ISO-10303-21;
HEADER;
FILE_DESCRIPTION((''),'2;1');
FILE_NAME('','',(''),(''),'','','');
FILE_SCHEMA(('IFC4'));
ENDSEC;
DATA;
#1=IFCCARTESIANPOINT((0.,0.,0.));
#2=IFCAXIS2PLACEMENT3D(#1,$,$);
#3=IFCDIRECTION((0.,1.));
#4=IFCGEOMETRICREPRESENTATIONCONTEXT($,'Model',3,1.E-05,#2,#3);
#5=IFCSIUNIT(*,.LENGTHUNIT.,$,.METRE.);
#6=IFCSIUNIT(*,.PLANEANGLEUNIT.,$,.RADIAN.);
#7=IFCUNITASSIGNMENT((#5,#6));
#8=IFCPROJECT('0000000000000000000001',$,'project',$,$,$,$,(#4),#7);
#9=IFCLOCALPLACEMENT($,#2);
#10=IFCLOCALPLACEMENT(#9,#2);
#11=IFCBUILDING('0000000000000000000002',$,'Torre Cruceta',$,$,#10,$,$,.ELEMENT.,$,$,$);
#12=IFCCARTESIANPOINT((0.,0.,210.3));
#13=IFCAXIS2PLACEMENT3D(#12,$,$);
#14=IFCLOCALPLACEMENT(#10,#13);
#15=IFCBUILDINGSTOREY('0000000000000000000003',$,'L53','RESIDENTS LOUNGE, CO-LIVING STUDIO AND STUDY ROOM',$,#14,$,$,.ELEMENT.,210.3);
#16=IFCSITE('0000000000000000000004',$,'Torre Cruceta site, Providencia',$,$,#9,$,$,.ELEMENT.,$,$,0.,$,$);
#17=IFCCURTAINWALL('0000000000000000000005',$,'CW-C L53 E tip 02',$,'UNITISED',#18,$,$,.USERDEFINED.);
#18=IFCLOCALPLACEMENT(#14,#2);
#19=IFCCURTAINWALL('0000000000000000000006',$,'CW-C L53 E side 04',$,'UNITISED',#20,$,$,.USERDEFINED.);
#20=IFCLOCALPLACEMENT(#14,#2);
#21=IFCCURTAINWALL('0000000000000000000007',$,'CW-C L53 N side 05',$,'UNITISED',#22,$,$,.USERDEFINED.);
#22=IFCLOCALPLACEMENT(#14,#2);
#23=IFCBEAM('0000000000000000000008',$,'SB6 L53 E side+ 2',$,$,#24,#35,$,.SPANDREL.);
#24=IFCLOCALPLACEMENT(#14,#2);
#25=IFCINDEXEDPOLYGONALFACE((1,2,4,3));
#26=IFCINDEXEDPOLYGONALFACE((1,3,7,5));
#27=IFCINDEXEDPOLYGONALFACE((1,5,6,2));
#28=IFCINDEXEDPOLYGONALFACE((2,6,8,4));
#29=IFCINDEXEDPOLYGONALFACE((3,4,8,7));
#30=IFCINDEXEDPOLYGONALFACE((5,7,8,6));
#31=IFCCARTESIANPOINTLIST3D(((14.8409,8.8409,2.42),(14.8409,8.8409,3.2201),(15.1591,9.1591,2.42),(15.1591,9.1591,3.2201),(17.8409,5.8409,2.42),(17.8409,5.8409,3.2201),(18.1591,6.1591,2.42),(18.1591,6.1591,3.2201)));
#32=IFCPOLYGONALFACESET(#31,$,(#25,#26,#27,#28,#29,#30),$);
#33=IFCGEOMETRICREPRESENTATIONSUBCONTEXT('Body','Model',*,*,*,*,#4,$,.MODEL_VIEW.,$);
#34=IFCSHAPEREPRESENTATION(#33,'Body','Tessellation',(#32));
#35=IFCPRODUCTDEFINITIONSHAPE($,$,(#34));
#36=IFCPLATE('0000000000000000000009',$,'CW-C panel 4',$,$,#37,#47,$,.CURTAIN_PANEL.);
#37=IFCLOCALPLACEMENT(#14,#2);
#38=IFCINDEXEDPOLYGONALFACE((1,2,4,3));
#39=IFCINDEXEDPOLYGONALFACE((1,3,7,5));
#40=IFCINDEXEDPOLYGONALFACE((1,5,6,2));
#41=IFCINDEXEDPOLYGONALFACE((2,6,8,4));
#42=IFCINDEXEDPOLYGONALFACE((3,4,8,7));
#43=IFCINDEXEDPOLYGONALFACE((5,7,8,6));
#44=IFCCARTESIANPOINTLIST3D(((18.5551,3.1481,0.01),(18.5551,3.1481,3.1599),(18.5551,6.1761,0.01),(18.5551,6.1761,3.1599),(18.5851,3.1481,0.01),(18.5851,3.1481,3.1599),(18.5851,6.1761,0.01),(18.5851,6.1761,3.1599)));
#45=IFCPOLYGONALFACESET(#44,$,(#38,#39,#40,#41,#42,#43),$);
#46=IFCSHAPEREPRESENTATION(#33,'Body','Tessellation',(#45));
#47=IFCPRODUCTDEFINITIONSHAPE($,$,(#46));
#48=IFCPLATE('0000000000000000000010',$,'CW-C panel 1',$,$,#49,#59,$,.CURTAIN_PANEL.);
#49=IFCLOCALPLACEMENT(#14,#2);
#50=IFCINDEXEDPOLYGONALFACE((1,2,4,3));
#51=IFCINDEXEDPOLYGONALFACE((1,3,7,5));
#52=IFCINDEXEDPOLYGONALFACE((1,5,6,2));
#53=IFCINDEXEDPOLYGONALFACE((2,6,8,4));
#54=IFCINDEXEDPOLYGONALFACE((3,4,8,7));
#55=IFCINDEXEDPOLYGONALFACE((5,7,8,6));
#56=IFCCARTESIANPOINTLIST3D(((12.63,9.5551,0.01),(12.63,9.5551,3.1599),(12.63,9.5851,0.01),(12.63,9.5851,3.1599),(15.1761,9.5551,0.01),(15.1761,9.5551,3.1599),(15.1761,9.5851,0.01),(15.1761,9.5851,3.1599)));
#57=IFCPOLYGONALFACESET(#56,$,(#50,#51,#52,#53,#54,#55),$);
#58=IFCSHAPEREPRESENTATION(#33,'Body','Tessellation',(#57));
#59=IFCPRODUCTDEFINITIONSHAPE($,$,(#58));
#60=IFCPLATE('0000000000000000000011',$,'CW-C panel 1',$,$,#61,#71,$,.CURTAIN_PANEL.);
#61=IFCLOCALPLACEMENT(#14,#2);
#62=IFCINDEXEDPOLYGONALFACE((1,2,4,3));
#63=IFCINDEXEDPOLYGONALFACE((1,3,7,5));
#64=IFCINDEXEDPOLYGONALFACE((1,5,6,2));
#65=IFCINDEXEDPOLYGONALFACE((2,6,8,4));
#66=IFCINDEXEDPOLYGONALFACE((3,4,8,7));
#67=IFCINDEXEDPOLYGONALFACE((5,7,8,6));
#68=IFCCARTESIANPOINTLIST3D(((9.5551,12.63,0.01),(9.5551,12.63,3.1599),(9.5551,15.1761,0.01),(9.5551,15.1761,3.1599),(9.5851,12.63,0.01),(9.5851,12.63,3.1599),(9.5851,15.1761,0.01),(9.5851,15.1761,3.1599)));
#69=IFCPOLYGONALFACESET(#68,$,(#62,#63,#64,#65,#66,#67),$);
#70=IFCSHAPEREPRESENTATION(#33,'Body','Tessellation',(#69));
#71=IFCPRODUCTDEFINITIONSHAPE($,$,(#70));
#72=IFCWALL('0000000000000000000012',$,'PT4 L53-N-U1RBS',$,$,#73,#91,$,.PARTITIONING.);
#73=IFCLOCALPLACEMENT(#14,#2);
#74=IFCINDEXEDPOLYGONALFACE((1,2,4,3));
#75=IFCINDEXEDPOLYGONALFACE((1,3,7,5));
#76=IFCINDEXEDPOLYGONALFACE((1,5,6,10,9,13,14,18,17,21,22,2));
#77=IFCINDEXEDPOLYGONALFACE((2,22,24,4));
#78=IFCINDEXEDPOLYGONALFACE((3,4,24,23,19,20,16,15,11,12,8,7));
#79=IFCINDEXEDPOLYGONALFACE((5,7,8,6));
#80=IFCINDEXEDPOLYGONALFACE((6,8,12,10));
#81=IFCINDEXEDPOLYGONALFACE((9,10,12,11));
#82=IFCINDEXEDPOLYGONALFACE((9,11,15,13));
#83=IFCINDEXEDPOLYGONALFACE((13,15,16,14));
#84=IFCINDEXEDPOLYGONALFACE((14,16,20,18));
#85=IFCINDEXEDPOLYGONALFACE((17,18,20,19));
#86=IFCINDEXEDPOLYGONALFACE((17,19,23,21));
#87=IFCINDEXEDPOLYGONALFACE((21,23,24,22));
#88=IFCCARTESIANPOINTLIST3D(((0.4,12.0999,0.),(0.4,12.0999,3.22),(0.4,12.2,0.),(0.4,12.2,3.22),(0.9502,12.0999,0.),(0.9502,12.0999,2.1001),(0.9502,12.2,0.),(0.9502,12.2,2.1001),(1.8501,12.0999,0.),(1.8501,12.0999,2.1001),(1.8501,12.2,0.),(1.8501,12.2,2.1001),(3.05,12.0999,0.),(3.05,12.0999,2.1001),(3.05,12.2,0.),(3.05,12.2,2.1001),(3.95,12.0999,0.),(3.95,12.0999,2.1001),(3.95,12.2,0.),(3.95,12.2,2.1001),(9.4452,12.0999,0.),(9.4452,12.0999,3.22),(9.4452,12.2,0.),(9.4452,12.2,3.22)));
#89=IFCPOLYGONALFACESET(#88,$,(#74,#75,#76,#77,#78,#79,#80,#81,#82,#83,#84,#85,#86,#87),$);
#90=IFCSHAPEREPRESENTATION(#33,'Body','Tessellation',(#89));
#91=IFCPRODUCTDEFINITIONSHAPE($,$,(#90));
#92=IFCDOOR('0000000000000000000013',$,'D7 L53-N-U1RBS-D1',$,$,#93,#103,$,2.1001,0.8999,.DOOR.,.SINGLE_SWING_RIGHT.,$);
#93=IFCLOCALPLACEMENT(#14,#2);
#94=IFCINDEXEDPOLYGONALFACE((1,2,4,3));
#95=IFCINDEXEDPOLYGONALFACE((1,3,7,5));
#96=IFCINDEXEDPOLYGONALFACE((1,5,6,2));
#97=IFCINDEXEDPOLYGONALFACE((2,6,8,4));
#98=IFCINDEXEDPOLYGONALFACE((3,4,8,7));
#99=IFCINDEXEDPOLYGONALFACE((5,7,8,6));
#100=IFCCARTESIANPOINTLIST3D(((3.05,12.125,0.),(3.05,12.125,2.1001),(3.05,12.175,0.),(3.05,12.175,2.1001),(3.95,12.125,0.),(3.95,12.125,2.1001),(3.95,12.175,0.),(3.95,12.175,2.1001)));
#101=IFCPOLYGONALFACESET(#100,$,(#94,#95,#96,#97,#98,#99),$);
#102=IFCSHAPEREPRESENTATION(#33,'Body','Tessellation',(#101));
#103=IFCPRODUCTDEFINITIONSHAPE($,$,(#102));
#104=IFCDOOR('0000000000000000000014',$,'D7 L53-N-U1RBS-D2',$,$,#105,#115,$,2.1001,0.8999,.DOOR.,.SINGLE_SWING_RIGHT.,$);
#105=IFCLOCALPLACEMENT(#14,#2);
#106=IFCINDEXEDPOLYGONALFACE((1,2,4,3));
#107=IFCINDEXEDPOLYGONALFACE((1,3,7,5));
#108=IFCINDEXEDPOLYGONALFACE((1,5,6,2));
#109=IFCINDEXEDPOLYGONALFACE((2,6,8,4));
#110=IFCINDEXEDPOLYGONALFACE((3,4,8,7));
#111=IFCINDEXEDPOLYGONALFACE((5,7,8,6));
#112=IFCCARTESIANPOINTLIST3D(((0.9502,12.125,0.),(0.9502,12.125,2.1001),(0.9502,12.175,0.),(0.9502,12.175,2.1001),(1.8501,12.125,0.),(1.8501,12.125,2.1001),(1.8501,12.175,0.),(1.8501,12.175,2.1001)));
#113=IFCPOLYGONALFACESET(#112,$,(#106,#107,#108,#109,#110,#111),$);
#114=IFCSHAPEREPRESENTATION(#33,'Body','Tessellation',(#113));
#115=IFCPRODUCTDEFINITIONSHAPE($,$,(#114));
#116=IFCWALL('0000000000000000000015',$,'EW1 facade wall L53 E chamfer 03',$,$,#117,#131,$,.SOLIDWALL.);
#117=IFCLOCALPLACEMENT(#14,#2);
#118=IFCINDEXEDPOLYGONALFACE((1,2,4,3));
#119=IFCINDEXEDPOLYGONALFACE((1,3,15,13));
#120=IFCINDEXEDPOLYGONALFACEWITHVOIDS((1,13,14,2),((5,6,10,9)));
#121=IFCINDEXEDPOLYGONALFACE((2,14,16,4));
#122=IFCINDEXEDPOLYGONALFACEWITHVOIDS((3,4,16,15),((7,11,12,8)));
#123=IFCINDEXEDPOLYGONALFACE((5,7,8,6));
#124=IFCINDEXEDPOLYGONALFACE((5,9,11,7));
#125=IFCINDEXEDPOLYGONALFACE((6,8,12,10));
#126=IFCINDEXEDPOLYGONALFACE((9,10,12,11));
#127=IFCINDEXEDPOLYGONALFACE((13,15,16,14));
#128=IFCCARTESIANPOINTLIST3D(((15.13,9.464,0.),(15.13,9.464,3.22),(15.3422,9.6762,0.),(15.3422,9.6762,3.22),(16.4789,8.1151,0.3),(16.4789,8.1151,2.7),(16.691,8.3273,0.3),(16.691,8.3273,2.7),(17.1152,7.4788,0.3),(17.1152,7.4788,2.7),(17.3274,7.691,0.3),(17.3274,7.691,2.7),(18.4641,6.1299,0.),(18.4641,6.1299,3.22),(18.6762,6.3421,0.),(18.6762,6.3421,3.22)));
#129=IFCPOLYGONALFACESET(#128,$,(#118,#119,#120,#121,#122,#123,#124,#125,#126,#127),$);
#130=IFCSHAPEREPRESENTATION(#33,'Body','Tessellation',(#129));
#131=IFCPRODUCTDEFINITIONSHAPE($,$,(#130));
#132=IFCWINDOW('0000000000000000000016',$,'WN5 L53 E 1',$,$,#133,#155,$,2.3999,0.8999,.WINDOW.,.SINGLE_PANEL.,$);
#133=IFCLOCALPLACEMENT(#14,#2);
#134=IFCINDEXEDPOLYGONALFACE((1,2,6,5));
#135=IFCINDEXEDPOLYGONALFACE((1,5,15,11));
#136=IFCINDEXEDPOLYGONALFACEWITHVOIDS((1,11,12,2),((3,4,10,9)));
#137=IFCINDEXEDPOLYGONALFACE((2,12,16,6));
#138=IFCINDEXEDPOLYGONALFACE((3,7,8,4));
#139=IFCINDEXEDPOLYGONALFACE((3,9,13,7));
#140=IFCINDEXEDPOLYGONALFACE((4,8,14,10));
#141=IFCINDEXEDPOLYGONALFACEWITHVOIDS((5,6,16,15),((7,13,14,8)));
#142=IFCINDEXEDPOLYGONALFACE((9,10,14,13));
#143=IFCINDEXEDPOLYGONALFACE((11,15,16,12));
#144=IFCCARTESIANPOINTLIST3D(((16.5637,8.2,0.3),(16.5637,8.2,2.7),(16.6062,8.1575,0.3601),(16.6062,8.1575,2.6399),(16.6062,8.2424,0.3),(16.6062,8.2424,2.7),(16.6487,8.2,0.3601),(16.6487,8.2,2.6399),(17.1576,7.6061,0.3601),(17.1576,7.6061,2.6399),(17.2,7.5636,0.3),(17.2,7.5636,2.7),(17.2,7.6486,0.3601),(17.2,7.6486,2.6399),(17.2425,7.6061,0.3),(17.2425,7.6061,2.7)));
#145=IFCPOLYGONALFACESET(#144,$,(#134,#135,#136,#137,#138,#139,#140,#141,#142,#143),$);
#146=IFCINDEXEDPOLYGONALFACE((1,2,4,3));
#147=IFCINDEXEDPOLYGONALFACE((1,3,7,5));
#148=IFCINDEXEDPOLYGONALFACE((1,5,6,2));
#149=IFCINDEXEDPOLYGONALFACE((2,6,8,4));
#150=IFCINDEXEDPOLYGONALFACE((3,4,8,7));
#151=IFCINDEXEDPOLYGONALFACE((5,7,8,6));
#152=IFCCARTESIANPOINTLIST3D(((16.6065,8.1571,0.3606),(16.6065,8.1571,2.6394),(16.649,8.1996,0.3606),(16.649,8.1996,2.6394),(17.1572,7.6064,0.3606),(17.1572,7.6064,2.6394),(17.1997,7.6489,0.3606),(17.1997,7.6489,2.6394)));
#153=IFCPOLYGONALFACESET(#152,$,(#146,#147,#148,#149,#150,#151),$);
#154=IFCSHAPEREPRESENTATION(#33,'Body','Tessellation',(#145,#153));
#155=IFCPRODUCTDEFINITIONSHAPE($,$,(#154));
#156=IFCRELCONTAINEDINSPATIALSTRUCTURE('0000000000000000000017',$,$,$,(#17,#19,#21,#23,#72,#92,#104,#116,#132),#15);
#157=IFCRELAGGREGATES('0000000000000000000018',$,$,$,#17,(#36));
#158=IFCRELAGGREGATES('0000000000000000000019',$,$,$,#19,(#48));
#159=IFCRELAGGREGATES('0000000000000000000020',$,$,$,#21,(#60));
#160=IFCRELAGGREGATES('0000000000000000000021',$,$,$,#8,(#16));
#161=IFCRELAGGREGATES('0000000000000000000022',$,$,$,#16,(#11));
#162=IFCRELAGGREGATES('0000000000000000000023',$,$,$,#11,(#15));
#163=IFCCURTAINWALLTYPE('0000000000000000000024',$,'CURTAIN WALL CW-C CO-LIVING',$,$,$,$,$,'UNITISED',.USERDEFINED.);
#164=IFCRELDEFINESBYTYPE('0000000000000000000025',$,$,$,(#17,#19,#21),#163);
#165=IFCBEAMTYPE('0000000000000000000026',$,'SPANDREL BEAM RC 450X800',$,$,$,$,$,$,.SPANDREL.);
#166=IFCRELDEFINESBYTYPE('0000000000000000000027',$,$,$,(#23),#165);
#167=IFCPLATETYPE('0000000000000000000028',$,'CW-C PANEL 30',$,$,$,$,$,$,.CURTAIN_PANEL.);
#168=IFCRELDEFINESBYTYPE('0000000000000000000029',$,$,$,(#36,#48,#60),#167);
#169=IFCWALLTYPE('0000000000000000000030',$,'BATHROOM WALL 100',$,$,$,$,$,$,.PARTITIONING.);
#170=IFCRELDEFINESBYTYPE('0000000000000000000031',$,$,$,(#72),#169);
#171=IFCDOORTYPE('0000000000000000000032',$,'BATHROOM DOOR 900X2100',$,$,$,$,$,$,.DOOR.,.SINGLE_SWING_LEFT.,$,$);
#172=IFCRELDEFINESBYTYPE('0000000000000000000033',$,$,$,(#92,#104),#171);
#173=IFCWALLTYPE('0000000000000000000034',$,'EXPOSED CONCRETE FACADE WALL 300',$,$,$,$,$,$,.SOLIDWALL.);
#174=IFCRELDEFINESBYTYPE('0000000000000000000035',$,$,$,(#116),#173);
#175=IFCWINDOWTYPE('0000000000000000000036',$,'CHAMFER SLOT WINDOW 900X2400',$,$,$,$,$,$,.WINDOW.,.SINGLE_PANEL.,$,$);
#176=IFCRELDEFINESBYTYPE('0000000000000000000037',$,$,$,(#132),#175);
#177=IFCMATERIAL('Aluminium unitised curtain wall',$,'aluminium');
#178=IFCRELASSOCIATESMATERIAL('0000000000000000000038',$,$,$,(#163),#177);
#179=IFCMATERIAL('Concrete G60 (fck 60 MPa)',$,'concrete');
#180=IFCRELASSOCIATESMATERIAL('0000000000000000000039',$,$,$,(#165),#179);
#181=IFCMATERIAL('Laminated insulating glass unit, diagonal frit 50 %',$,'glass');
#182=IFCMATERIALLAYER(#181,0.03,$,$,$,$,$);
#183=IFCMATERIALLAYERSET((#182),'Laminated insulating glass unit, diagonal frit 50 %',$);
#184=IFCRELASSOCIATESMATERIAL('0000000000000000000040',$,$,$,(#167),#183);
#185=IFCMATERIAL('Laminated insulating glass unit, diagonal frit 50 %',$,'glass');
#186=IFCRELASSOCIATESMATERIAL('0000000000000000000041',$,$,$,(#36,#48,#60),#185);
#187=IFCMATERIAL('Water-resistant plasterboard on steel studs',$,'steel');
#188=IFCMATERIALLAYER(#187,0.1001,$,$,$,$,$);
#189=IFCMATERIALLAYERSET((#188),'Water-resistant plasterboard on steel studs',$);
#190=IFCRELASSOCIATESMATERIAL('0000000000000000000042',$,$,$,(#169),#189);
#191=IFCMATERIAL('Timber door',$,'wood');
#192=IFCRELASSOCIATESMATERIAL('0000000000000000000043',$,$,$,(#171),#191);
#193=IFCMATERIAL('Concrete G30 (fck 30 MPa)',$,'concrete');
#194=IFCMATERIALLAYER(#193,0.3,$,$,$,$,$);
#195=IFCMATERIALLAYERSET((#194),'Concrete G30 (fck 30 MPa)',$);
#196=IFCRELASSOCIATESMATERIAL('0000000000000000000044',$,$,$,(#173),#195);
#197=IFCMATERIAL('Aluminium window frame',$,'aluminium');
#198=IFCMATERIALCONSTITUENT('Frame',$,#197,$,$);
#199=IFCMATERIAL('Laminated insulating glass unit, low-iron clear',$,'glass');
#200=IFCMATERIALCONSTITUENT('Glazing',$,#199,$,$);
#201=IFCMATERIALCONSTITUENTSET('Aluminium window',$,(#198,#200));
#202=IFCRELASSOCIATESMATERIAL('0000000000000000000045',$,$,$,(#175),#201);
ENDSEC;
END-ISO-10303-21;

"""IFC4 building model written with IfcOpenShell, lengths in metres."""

from ifc_helpers import new_model, si_unit, direction, frame, frame_2d, origin, origin_2d, place, context, subcontext, project, spatial, rectangle, hollow_rectangle, extrude, material, layer, layer_set, constituent, constituent_set, material_profile, profile_set, type_object, element, fill, aggregate, save


model = new_model("IFC4")

# Units and contexts
model_context = context("Model", 3, precision=1e-05, world=origin(), true_north=direction((0.0, 1.0)))
body_context = subcontext(model_context, "Body", "Model", "MODEL_VIEW")
ifc_project = project(units=[si_unit("LENGTHUNIT", "METRE"), si_unit("PLANEANGLEUNIT", "RADIAN")], contexts=[model_context])

# Site, building, storey
site_placement = place(None, origin())
site = spatial("IfcSite", under=ifc_project, at=site_placement, Name="Torre Cruceta site, Providencia", CompositionType="ELEMENT", RefElevation=0.0)
building_placement = place(site_placement, origin())
building = spatial("IfcBuilding", under=site, at=building_placement, Name="Torre Cruceta", CompositionType="ELEMENT")
storey_placement = place(building_placement, frame((0.0, 0.0, 210.3)))
storey = spatial("IfcBuildingStorey", under=building, at=storey_placement, Name="L53", Description="RESIDENTS LOUNGE, CO-LIVING STUDIO AND STUDY ROOM", CompositionType="ELEMENT", Elevation=210.3)

# Curtain wall
ifc_material_1 = material(Name="Aluminium unitised curtain wall", Category="aluminium")
curtain_wall_type = type_object("IfcCurtainWallType", Name="CURTAIN WALL CW-C CO-LIVING", ElementType="UNITISED", PredefinedType="USERDEFINED", material=ifc_material_1)
curtain_wall_1_placement = place(storey_placement, origin())
curtain_wall_1 = element("IfcCurtainWall", 1, at=curtain_wall_1_placement, inside=storey, type_object=curtain_wall_type, Name="CW-C L53 E tip 02", ObjectType="UNITISED", PredefinedType="USERDEFINED")

# Curtain walls
curtain_wall_2_placement = place(storey_placement, origin())
curtain_wall_2 = element("IfcCurtainWall", 2, at=curtain_wall_2_placement, inside=storey, type_object=curtain_wall_type, Name="CW-C L53 E side 04", ObjectType="UNITISED", PredefinedType="USERDEFINED")
curtain_wall_3_placement = place(storey_placement, origin())
curtain_wall_3 = element("IfcCurtainWall", 3, at=curtain_wall_3_placement, inside=storey, type_object=curtain_wall_type, Name="CW-C L53 N side 05", ObjectType="UNITISED", PredefinedType="USERDEFINED")

# Beam
ifc_material_2 = material(Name="Concrete G60 (fck 60 MPa)", Category="concrete")
ifc_material_profile_1 = material_profile(ifc_material_2, rectangle(XDim=0.45, YDim=0.8, at=origin_2d()), Name="RC 450X800")
ifc_profile_set_1 = profile_set([ifc_material_profile_1], Name="Concrete G60 (fck 60 MPa)")
beam_type_1 = type_object("IfcBeamType", Name="SPANDREL BEAM RC 450X800", PredefinedType="SPANDREL", material=ifc_profile_set_1)
beam_1_placement = place(storey_placement, frame((15.0, 9.0, 2.8201), z_axis=(0.707107, -0.707107, 0.0), x_axis=(0.707107, 0.707107, 0.0)))
element("IfcBeam", 4, at=beam_1_placement, inside=storey, type_object=beam_type_1, Name="SB6 L53 E side+ 2", PredefinedType="SPANDREL", context=body_context, shape_type="SweptSolid", body=[
    extrude(rectangle(XDim=0.45, YDim=0.8, at=origin_2d()), origin(), (0.0, 0.0, 1.0), 4.2427),
])

# Plates
ifc_material_3 = material(Name="Laminated insulating glass unit, diagonal frit 50 %", Category="glass")
ifc_material_4 = material(Name="Laminated insulating glass unit, diagonal frit 50 %", Category="glass")
ifc_layer_1 = layer(ifc_material_4, 0.03)
ifc_layer_set_1 = layer_set([ifc_layer_1], Name="Laminated insulating glass unit, diagonal frit 50 %")
plate_type = type_object("IfcPlateType", Name="CW-C PANEL 30", PredefinedType="CURTAIN_PANEL", material=ifc_layer_set_1)
plate_1_placement = place(storey_placement, frame((18.5701, 4.6621, 0.01), z_axis=(0.0, 0.0, 1.0), x_axis=(0.0, 1.0, 0.0)))
plate_1 = element("IfcPlate", 5, at=plate_1_placement, type_object=plate_type, material=ifc_material_3, Name="CW-C panel 4", PredefinedType="CURTAIN_PANEL", context=body_context, shape_type="SweptSolid", body=[
    extrude(rectangle(XDim=3.0281, YDim=0.03, at=origin_2d()), origin(), (0.0, 0.0, 1.0), 3.1499),
])
aggregate(curtain_wall_1, [plate_1])
plate_2_placement = place(storey_placement, frame((13.9031, 9.5701, 0.01), z_axis=(0.0, 0.0, 1.0), x_axis=(-1.0, 0.0, 0.0)))
plate_2 = element("IfcPlate", 6, at=plate_2_placement, type_object=plate_type, material=ifc_material_3, Name="CW-C panel 1", PredefinedType="CURTAIN_PANEL", context=body_context, shape_type="SweptSolid", body=[
    extrude(rectangle(XDim=2.5461, YDim=0.03, at=origin_2d()), origin(), (0.0, 0.0, 1.0), 3.1499),
])
aggregate(curtain_wall_2, [plate_2])
plate_3_placement = place(storey_placement, frame((9.5701, 13.9031, 0.01), z_axis=(0.0, 0.0, 1.0), x_axis=(0.0, 1.0, 0.0)))
plate_3 = element("IfcPlate", 7, at=plate_3_placement, type_object=plate_type, material=ifc_material_3, Name="CW-C panel 1", PredefinedType="CURTAIN_PANEL", context=body_context, shape_type="SweptSolid", body=[
    extrude(rectangle(XDim=2.5461, YDim=0.03, at=origin_2d()), origin(), (0.0, 0.0, 1.0), 3.1499),
])
aggregate(curtain_wall_3, [plate_3])

# Wall, openings, doors
ifc_material_5 = material(Name="Water-resistant plasterboard on steel studs", Category="steel")
ifc_layer_2 = layer(ifc_material_5, 0.1001)
ifc_layer_set_2 = layer_set([ifc_layer_2], Name="Water-resistant plasterboard on steel studs")
wall_type_1 = type_object("IfcWallType", Name="BATHROOM WALL 100", PredefinedType="PARTITIONING", material=ifc_layer_set_2)
wall_1_placement = place(storey_placement, frame((9.4451, 12.1499, 0.0), z_axis=(0.0, 0.0, 1.0), x_axis=(-1.0, 0.0, 0.0)))
wall_1 = element("IfcWall", 8, at=wall_1_placement, inside=storey, type_object=wall_type_1, Name="PT4 L53-N-U1RBS", PredefinedType="PARTITIONING", context=body_context, shape_type="SweptSolid", body=[
    extrude(rectangle(XDim=9.0452, YDim=0.1001, at=frame_2d((4.5225, 0.0))), origin(), (0.0, 0.0, 1.0), 3.22),
])
opening_1_placement = place(wall_1_placement, frame((5.4951, 0.0, 0.0)))
opening_1 = element("IfcOpeningElement", 9, at=opening_1_placement, cuts=wall_1, PredefinedType="OPENING", context=body_context, shape_type="SweptSolid", body=[
    extrude(rectangle(XDim=0.8999, YDim=2.1001, at=frame_2d((0.45, 1.05))), frame((0.0, 0.0601, 0.0), z_axis=(0.0, -1.0, 0.0), x_axis=(1.0, 0.0, 0.0)), (0.0, 0.0, 1.0), 0.1201),
])
opening_2_placement = place(wall_1_placement, frame((7.595, 0.0, 0.0)))
opening_2 = element("IfcOpeningElement", 10, at=opening_2_placement, cuts=wall_1, PredefinedType="OPENING", context=body_context, shape_type="SweptSolid", body=[
    extrude(rectangle(XDim=0.8999, YDim=2.1001, at=frame_2d((0.45, 1.05))), frame((0.0, 0.0601, 0.0), z_axis=(0.0, -1.0, 0.0), x_axis=(1.0, 0.0, 0.0)), (0.0, 0.0, 1.0), 0.1201),
])
ifc_material_6 = material(Name="Timber door", Category="wood")
door_type_1 = type_object("IfcDoorType", Name="BATHROOM DOOR 900X2100", OperationType="SINGLE_SWING_LEFT", PredefinedType="DOOR", material=ifc_material_6)
door_1_placement = place(opening_1_placement, origin())
door_1 = element("IfcDoor", 11, at=door_1_placement, inside=storey, type_object=door_type_1, Name="D7 L53-N-U1RBS-D1", OperationType="SINGLE_SWING_RIGHT", OverallHeight=2.1001, OverallWidth=0.8999, PredefinedType="DOOR", context=body_context, shape_type="SweptSolid", body=[
    extrude(rectangle(XDim=0.8999, YDim=2.1001, at=frame_2d((0.45, 1.05))), frame((0.0, 0.0249, 0.0), z_axis=(0.0, -1.0, 0.0), x_axis=(1.0, 0.0, 0.0)), (0.0, 0.0, 1.0), 0.05),
])
fill(opening_1, door_1)
door_2_placement = place(opening_2_placement, origin())
door_2 = element("IfcDoor", 12, at=door_2_placement, inside=storey, type_object=door_type_1, Name="D7 L53-N-U1RBS-D2", OperationType="SINGLE_SWING_RIGHT", OverallHeight=2.1001, OverallWidth=0.8999, PredefinedType="DOOR", context=body_context, shape_type="SweptSolid", body=[
    extrude(rectangle(XDim=0.8999, YDim=2.1001, at=frame_2d((0.45, 1.05))), frame((0.0, 0.0249, 0.0), z_axis=(0.0, -1.0, 0.0), x_axis=(1.0, 0.0, 0.0)), (0.0, 0.0, 1.0), 0.05),
])
fill(opening_2, door_2)

# Wall, opening, window
ifc_material_7 = material(Name="Concrete G30 (fck 30 MPa)", Category="concrete")
ifc_layer_3 = layer(ifc_material_7, 0.3)
ifc_layer_set_3 = layer_set([ifc_layer_3], Name="Concrete G30 (fck 30 MPa)")
wall_type_2 = type_object("IfcWallType", Name="EXPOSED CONCRETE FACADE WALL 300", PredefinedType="SOLIDWALL", material=ifc_layer_set_3)
wall_2_placement = place(storey_placement, frame((18.5701, 6.2361, 0.0), z_axis=(0.0, 0.0, 1.0), x_axis=(-0.707107, 0.707107, 0.0)))
wall_2 = element("IfcWall", 13, at=wall_2_placement, inside=storey, type_object=wall_type_2, Name="EW1 facade wall L53 E chamfer 03", PredefinedType="SOLIDWALL", context=body_context, shape_type="SweptSolid", body=[
    extrude(rectangle(XDim=4.7151, YDim=0.3, at=frame_2d((2.3574, 0.0))), origin(), (0.0, 0.0, 1.0), 3.22),
])
opening_3_placement = place(wall_2_placement, frame((1.9075, 0.0, 0.3)))
opening_3 = element("IfcOpeningElement", 14, at=opening_3_placement, cuts=wall_2, PredefinedType="OPENING", context=body_context, shape_type="SweptSolid", body=[
    extrude(rectangle(XDim=0.8999, YDim=2.3999, at=frame_2d((0.45, 1.2))), frame((0.0, 0.1599, 0.0), z_axis=(0.0, -1.0, 0.0), x_axis=(1.0, 0.0, 0.0)), (0.0, 0.0, 1.0), 0.3201),
])
ifc_material_8 = material(Name="Aluminium window frame", Category="aluminium")
ifc_constituent_1 = constituent(ifc_material_8, Name="Frame")
ifc_material_9 = material(Name="Laminated insulating glass unit, low-iron clear", Category="glass")
ifc_constituent_2 = constituent(ifc_material_9, Name="Glazing")
ifc_constituent_set_1 = constituent_set(constituents=[ifc_constituent_1, ifc_constituent_2], Name="Aluminium window")
window_type = type_object("IfcWindowType", Name="CHAMFER SLOT WINDOW 900X2400", PartitioningType="SINGLE_PANEL", PredefinedType="WINDOW", material=ifc_constituent_set_1)
window_1_placement = place(opening_3_placement, origin())
window_1 = element("IfcWindow", 15, at=window_1_placement, inside=storey, type_object=window_type, Name="WN5 L53 E 1", OverallHeight=2.3999, OverallWidth=0.8999, PartitioningType="SINGLE_PANEL", PredefinedType="WINDOW", context=body_context, shape_type="SweptSolid", body=[
    extrude(hollow_rectangle(XDim=0.8999, YDim=2.3999, WallThickness=0.0601, at=frame_2d((0.45, 1.2))), frame((0.0, 0.03, 0.0), z_axis=(0.0, -1.0, 0.0), x_axis=(1.0, 0.0, 0.0)), (0.0, 0.0, 1.0), 0.0601),
    extrude(rectangle(XDim=0.7788, YDim=2.2788, at=frame_2d((0.45, 1.2))), frame((0.0, 0.03, 0.0), z_axis=(0.0, -1.0, 0.0), x_axis=(1.0, 0.0, 0.0)), (0.0, 0.0, 1.0), 0.0601),
])
fill(opening_3, window_1)

save(model, "model.ifc")
